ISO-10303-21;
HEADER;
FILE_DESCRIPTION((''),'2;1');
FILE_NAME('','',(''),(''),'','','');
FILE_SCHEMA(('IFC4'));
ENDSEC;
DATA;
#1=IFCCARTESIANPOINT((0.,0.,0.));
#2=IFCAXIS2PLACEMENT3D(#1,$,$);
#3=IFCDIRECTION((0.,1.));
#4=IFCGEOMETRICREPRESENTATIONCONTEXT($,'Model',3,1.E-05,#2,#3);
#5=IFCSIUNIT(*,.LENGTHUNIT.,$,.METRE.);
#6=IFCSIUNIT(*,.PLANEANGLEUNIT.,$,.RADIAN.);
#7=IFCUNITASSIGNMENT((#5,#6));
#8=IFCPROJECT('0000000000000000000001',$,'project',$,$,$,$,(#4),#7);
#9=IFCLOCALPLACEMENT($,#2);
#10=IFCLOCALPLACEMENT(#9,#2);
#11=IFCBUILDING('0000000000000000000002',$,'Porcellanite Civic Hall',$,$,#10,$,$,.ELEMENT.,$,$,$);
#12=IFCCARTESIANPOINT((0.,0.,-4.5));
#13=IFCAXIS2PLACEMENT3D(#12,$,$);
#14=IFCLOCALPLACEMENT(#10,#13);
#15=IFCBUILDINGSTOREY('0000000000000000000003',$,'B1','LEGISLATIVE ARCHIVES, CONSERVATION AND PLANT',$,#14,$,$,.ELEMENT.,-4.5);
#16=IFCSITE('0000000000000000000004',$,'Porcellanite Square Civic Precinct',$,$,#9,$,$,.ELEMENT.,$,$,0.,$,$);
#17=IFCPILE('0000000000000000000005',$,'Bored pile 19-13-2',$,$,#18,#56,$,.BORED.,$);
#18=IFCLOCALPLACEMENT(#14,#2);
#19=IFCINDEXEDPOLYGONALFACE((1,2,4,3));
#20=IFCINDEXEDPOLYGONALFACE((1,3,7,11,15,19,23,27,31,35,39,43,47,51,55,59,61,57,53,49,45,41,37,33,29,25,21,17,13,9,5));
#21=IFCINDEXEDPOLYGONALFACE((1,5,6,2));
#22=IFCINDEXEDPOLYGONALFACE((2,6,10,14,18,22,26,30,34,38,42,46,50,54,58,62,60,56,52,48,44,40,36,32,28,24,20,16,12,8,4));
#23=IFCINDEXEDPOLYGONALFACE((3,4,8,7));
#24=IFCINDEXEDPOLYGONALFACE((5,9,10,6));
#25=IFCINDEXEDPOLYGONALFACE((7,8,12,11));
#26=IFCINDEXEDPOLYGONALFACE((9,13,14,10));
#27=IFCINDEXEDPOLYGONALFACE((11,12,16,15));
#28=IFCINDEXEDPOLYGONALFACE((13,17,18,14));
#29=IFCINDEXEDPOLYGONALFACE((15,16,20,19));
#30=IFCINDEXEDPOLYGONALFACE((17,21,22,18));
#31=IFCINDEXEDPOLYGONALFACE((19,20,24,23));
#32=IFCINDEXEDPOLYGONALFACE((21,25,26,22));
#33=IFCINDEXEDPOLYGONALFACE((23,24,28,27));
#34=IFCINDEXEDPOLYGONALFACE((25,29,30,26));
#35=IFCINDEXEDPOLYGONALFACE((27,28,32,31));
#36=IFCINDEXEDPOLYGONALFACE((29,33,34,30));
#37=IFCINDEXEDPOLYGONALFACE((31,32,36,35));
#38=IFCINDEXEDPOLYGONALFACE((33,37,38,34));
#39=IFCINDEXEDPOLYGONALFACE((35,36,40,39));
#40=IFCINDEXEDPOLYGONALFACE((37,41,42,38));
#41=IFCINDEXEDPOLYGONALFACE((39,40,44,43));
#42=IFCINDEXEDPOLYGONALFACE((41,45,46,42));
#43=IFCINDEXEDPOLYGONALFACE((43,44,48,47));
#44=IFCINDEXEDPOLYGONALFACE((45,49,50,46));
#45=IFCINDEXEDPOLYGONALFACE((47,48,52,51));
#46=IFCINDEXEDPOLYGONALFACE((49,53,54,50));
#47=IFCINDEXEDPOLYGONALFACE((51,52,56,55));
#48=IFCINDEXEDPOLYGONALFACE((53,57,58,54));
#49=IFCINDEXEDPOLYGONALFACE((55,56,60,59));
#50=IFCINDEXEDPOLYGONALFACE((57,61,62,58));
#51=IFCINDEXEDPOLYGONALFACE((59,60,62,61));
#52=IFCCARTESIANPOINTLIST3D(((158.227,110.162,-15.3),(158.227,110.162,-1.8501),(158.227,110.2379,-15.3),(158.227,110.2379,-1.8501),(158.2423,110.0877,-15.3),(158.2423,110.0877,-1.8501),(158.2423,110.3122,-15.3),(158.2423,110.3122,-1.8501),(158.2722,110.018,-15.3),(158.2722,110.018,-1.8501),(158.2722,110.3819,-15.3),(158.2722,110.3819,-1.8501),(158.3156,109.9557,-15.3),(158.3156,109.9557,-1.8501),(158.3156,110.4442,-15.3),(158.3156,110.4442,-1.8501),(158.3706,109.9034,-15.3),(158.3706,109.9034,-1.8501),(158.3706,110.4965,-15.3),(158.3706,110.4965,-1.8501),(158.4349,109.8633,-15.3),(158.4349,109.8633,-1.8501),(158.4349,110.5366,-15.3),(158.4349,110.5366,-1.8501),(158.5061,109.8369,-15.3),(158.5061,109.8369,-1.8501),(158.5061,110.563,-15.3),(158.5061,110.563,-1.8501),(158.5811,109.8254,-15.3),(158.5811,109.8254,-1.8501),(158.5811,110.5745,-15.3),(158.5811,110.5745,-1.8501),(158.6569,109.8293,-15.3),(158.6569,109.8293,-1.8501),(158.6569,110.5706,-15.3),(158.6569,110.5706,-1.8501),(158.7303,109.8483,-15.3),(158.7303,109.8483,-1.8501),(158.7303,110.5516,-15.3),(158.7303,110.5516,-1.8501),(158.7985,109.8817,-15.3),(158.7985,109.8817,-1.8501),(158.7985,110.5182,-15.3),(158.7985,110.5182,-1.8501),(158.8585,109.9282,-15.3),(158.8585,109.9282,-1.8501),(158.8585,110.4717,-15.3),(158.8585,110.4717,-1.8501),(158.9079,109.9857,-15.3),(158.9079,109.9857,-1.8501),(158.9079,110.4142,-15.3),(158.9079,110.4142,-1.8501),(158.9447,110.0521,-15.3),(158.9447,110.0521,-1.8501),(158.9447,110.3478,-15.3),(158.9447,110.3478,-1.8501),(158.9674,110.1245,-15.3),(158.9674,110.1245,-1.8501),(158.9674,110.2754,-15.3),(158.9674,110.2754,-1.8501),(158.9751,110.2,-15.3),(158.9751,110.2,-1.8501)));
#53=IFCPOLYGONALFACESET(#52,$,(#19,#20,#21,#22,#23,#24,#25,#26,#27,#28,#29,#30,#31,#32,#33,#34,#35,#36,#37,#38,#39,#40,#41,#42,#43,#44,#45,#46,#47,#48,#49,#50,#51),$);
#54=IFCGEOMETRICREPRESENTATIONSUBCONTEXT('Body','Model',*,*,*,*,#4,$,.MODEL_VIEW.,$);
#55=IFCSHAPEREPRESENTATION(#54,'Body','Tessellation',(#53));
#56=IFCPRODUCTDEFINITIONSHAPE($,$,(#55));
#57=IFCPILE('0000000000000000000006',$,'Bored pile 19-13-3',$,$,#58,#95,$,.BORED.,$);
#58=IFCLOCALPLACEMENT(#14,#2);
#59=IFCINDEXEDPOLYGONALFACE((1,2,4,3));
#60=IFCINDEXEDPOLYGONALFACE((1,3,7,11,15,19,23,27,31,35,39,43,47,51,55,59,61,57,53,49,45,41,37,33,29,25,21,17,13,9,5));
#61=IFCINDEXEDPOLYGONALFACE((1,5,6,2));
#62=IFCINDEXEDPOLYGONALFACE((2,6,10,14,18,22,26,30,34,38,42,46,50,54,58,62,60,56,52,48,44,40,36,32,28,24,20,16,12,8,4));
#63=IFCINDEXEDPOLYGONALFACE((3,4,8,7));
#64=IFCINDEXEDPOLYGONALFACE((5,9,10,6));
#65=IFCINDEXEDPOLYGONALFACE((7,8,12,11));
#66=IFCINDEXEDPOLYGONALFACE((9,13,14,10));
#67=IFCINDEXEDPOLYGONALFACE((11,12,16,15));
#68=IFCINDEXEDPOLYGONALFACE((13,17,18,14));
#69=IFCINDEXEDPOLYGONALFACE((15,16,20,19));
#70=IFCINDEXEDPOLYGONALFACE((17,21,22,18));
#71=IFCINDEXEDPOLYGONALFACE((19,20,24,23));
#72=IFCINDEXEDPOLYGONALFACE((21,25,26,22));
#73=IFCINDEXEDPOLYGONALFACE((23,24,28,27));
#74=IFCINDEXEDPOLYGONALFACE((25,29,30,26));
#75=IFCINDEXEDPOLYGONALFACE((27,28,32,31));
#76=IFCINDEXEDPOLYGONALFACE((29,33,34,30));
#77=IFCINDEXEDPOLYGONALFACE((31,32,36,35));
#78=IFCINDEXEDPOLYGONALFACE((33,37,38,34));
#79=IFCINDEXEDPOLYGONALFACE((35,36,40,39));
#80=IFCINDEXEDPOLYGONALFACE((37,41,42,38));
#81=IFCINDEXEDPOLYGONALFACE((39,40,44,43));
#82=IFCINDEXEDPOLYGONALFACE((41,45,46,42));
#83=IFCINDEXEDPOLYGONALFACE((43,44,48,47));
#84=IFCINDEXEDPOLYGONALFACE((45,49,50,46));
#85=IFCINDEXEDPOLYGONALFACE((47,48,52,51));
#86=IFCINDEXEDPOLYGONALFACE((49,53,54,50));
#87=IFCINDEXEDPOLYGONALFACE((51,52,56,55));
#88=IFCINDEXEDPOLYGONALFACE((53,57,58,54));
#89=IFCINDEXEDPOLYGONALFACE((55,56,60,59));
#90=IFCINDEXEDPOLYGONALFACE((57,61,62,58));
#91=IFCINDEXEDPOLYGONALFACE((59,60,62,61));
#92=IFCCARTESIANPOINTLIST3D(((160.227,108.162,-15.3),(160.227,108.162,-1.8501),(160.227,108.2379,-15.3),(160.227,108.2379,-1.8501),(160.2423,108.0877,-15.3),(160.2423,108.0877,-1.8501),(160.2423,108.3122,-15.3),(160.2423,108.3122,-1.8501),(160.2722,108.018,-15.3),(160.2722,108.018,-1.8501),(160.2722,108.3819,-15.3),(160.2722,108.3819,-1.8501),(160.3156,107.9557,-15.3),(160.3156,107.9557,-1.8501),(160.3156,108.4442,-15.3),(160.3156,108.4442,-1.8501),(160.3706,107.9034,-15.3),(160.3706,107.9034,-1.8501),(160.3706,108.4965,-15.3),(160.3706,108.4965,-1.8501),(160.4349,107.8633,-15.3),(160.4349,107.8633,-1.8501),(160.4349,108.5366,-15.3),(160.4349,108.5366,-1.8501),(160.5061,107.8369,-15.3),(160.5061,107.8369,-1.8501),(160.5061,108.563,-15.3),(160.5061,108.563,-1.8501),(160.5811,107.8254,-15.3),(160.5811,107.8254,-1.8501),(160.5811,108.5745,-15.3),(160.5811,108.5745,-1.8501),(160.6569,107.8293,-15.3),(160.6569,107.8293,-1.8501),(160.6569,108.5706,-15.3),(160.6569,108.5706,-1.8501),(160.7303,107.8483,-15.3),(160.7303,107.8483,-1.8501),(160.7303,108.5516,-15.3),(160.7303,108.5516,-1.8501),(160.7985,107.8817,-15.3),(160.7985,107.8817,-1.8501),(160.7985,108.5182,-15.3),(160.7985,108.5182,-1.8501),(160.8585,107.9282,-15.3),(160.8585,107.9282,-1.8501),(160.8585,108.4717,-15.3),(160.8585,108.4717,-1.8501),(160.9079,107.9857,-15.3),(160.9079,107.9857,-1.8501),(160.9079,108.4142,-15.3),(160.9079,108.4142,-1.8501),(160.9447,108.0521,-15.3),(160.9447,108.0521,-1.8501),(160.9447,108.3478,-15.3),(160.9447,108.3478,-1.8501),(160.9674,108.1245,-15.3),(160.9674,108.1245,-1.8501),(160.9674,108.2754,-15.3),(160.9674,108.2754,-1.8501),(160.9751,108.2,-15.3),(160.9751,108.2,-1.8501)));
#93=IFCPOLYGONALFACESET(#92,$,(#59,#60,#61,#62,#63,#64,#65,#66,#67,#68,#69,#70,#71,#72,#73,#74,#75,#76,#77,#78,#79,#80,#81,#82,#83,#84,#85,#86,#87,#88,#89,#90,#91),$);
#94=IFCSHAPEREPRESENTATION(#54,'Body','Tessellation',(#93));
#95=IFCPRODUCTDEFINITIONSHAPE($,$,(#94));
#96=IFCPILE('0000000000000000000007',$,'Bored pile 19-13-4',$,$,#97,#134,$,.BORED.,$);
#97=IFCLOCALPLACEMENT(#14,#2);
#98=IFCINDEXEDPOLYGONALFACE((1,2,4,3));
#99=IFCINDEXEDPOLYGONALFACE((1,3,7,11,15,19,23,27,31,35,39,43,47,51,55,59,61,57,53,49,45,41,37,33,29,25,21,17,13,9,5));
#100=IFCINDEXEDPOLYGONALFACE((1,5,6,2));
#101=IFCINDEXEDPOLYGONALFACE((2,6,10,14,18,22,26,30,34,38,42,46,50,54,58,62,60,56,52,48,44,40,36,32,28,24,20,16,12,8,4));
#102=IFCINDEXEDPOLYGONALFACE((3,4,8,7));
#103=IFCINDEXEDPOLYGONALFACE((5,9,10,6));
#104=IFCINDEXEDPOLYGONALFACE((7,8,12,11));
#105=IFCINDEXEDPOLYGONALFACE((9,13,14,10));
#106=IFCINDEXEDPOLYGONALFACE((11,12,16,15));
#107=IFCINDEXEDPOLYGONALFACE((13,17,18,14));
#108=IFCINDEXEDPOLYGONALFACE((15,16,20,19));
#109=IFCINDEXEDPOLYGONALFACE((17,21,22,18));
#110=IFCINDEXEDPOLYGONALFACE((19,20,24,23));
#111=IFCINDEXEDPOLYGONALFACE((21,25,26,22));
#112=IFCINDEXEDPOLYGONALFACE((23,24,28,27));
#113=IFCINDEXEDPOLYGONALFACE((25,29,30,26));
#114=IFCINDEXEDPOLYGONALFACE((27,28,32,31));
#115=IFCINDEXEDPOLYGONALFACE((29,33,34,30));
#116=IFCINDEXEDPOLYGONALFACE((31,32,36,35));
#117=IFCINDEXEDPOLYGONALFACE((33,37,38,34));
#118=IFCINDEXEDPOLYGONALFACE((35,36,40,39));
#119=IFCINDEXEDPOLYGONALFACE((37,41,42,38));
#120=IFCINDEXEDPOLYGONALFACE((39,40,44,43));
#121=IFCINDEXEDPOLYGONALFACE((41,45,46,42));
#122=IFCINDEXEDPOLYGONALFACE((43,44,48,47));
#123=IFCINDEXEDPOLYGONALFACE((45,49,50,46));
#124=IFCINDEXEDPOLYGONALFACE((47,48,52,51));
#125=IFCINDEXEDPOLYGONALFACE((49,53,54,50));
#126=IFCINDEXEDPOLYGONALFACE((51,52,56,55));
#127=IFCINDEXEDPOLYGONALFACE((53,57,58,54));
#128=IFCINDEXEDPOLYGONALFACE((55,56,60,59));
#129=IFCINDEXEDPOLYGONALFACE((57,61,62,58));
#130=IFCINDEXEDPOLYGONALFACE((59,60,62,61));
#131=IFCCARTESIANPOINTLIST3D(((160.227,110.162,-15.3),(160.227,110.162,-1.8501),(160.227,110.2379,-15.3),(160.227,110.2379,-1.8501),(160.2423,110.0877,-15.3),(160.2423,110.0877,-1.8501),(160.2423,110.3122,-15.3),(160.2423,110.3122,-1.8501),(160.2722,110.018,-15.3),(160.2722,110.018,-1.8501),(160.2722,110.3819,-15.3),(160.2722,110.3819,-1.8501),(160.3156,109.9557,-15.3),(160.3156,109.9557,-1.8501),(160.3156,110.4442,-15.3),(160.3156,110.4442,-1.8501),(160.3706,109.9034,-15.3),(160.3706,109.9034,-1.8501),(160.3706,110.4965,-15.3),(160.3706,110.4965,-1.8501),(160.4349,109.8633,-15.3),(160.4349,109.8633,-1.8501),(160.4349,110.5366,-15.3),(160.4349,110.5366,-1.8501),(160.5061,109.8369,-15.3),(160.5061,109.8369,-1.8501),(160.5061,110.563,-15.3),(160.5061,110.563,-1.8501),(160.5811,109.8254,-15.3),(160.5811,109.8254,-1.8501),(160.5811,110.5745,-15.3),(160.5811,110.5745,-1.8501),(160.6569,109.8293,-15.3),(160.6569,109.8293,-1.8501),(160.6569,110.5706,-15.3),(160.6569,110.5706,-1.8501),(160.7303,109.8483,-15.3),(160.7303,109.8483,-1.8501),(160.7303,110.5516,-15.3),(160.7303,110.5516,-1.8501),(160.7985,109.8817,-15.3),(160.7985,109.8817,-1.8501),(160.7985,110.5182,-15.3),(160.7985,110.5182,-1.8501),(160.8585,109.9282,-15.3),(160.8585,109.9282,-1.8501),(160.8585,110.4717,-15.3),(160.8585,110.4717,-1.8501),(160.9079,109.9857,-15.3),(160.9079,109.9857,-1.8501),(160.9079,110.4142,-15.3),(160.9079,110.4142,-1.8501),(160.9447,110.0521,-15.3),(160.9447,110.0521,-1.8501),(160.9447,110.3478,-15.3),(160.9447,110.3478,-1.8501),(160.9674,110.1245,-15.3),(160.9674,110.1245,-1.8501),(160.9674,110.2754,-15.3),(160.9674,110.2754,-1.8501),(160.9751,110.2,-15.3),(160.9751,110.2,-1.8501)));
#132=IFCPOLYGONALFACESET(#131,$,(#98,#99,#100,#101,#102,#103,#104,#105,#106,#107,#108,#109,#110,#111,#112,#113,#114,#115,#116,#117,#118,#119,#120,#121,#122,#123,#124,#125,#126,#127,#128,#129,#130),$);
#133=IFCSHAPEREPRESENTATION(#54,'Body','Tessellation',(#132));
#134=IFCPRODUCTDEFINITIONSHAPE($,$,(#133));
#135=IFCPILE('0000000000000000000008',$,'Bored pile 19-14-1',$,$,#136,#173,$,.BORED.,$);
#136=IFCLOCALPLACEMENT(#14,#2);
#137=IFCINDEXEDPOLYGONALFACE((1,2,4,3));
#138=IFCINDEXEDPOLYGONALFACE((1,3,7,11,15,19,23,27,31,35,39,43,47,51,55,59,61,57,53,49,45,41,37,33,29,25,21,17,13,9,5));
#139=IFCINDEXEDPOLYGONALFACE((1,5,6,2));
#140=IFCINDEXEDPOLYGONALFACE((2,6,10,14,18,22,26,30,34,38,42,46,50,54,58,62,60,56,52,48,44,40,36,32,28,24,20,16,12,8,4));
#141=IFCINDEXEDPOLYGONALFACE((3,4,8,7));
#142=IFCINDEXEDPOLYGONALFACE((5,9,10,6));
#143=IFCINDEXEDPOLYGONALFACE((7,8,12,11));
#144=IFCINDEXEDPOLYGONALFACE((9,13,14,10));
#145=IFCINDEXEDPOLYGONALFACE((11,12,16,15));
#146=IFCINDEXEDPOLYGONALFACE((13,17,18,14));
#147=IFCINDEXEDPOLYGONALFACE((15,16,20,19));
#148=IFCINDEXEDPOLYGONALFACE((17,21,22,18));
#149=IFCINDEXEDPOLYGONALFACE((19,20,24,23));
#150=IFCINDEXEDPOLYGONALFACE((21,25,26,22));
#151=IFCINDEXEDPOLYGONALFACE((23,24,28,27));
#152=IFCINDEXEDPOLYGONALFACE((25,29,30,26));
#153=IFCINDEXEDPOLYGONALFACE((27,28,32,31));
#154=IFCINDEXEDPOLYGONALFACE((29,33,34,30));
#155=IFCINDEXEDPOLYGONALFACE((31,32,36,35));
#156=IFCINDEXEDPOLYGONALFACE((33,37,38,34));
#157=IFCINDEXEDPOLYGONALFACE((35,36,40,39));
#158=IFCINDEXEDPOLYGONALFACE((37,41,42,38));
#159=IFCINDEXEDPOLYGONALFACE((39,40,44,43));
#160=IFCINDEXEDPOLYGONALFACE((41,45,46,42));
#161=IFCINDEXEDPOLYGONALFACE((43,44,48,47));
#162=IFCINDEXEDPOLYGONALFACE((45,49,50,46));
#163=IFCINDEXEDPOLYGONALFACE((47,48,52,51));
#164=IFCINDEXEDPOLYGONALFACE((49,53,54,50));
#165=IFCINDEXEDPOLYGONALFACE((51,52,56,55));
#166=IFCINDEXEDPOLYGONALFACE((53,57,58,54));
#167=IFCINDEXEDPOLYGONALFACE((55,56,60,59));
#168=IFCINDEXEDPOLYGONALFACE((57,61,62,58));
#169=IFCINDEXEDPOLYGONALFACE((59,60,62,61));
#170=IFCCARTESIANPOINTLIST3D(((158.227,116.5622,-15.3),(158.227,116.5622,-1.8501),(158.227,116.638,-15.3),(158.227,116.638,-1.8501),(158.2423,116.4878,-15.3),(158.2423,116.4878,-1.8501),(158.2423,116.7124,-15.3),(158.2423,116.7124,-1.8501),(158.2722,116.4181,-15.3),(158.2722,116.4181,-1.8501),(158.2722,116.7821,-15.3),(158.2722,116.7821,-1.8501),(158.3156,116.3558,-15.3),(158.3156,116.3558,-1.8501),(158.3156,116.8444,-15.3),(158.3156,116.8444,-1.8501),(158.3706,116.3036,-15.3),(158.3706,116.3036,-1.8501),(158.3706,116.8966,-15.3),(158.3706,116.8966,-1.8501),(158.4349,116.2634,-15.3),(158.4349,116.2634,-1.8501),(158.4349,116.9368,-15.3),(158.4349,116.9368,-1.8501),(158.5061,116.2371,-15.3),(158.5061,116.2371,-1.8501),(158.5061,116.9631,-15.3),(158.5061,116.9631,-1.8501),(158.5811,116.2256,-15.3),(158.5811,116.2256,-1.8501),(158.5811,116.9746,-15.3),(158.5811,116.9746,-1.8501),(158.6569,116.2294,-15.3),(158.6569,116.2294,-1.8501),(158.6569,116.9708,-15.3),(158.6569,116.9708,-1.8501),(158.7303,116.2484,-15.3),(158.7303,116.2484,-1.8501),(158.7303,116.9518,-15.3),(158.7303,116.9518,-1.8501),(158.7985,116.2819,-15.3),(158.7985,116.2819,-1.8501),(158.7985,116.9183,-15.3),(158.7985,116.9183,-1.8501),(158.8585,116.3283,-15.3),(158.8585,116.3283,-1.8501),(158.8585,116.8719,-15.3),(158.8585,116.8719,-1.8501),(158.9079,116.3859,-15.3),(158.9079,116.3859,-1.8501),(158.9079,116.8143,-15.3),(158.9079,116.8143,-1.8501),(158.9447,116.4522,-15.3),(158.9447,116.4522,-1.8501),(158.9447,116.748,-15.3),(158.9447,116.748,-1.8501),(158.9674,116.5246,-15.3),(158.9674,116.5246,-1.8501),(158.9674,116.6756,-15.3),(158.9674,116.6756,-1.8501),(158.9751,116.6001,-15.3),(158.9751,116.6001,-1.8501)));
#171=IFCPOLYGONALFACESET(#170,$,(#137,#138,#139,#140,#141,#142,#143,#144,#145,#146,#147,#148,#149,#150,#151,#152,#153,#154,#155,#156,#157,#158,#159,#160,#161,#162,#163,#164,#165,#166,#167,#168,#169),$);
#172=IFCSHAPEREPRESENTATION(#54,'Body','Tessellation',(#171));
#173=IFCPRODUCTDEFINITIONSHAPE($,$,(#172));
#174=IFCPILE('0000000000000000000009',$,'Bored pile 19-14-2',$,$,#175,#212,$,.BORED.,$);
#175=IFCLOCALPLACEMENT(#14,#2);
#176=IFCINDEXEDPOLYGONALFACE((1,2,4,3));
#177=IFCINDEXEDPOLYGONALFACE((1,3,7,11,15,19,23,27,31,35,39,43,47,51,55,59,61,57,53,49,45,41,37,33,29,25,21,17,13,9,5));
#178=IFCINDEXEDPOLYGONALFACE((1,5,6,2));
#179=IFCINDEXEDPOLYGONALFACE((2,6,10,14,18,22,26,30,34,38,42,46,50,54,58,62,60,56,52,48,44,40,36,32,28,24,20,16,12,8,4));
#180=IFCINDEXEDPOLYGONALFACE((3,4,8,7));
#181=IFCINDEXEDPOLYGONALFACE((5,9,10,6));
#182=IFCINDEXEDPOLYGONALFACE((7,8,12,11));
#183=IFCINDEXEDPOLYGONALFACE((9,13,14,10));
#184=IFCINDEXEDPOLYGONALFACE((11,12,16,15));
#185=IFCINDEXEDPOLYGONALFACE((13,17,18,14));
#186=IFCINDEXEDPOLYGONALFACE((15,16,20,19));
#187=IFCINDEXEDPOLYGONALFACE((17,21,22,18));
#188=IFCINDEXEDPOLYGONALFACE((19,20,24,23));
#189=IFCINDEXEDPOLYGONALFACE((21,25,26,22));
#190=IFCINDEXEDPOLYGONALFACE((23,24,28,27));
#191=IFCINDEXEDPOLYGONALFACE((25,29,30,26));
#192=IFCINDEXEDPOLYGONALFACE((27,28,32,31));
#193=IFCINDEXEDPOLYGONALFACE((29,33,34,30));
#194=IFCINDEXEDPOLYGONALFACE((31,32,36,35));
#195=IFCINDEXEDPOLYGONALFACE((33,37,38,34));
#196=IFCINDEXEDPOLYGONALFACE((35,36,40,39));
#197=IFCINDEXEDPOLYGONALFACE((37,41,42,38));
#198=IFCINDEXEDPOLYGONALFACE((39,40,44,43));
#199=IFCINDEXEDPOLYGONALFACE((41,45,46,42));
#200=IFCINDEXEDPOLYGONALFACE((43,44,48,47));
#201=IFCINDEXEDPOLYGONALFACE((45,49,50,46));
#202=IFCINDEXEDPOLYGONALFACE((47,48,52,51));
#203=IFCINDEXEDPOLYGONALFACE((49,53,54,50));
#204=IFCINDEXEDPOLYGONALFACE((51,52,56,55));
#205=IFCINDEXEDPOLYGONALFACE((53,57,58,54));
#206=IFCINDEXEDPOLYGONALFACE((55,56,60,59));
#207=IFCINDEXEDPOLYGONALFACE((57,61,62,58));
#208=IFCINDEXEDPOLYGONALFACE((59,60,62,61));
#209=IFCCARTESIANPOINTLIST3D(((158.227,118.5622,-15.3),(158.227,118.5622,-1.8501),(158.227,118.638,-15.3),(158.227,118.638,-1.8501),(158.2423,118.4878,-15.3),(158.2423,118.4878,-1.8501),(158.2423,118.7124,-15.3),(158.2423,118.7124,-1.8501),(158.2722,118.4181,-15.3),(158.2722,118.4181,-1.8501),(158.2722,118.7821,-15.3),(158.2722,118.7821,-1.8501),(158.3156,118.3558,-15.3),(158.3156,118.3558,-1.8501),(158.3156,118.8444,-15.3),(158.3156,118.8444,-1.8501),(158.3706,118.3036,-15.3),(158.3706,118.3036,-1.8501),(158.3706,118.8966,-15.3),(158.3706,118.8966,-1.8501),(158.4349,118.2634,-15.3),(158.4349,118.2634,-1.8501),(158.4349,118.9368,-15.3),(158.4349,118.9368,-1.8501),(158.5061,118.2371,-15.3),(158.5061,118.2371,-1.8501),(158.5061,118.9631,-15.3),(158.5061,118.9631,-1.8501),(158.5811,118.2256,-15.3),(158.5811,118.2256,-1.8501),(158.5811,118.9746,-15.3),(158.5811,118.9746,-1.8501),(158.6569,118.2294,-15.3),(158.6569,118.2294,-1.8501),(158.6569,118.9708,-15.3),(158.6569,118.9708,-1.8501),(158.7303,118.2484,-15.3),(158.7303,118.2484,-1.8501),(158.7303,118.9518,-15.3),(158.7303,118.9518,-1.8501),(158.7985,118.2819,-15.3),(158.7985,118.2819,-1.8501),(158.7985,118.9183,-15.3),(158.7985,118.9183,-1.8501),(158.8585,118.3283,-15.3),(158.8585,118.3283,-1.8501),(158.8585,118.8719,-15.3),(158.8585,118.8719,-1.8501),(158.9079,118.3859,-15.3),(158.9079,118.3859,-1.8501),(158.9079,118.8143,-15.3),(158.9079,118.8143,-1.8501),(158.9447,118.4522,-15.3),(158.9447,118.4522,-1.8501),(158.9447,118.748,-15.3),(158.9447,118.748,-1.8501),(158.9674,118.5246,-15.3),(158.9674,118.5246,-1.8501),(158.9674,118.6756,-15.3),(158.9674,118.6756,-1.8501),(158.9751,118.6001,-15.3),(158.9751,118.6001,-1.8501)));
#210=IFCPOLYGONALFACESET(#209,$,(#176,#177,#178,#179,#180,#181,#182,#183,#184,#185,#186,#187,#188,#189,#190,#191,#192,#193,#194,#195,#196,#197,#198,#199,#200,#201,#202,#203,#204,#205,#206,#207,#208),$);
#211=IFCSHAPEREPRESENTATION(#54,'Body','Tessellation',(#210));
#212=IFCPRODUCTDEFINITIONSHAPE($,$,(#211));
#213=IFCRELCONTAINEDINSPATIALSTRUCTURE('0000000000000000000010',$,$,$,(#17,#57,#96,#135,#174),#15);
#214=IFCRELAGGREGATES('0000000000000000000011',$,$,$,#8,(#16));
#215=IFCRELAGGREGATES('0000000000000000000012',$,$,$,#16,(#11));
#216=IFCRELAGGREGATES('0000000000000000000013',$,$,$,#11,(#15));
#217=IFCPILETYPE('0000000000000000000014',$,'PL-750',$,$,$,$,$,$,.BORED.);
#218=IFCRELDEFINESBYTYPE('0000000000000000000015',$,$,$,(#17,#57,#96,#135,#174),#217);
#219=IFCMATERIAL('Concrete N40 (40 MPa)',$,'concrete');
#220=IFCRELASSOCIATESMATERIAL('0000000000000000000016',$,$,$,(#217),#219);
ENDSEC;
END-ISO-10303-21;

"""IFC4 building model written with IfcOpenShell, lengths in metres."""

from ifc_helpers import new_model, si_unit, direction, frame, origin, origin_2d, place, context, subcontext, project, spatial, circle, extrude, material, material_profile, profile_set, type_object, element, save


model = new_model("IFC4")

# Units and contexts
model_context = context("Model", 3, precision=1e-05, world=origin(), true_north=direction((0.0, 1.0)))
body_context = subcontext(model_context, "Body", "Model", "MODEL_VIEW")
ifc_project = project(units=[si_unit("LENGTHUNIT", "METRE"), si_unit("PLANEANGLEUNIT", "RADIAN")], contexts=[model_context])

# Site, building, storey
site_placement = place(None, origin())
site = spatial("IfcSite", under=ifc_project, at=site_placement, Name="Porcellanite Square Civic Precinct", CompositionType="ELEMENT", RefElevation=0.0)
building_placement = place(site_placement, origin())
building = spatial("IfcBuilding", under=site, at=building_placement, Name="Porcellanite Civic Hall", CompositionType="ELEMENT")
storey_placement = place(building_placement, frame((0.0, 0.0, -4.5)))
storey = spatial("IfcBuildingStorey", under=building, at=storey_placement, Name="B1", Description="LEGISLATIVE ARCHIVES, CONSERVATION AND PLANT", CompositionType="ELEMENT", Elevation=-4.5)

# Piles
ifc_material_1 = material(Name="Concrete N40 (40 MPa)", Category="concrete")
ifc_material_profile_1 = material_profile(ifc_material_1, circle(Radius=0.375, at=origin_2d()), Name="PILE-D750")
ifc_profile_set_1 = profile_set([ifc_material_profile_1], Name="Concrete N40 (40 MPa)")
pile_type_1 = type_object("IfcPileType", Name="PL-750", PredefinedType="BORED", material=ifc_profile_set_1)
for number, where, z_axis, x_axis, name in (
    (1, (158.6001, 110.2, -1.8501), (0.0, 0.0, -1.0), (1.0, 0.0, 0.0), "Bored pile 19-13-2"),
    (2, (160.6001, 108.2, -1.8501), (0.0, 0.0, -1.0), (1.0, 0.0, 0.0), "Bored pile 19-13-3"),
    (3, (160.6001, 110.2, -1.8501), (0.0, 0.0, -1.0), (1.0, 0.0, 0.0), "Bored pile 19-13-4"),
    (4, (158.6001, 116.6001, -1.8501), (0.0, 0.0, -1.0), (1.0, 0.0, 0.0), "Bored pile 19-14-1"),
    (5, (158.6001, 118.6001, -1.8501), (0.0, 0.0, -1.0), (1.0, 0.0, 0.0), "Bored pile 19-14-2"),
):
    element("IfcPile", number, at=place(storey_placement, frame(where, z_axis=z_axis, x_axis=x_axis)), inside=storey, type_object=pile_type_1, Name=name, PredefinedType="BORED", context=body_context, shape_type="SweptSolid", body=[
        extrude(circle(Radius=0.375, at=origin_2d()), origin(), (0.0, 0.0, 1.0), 13.45),
    ])

save(model, "model.ifc")
